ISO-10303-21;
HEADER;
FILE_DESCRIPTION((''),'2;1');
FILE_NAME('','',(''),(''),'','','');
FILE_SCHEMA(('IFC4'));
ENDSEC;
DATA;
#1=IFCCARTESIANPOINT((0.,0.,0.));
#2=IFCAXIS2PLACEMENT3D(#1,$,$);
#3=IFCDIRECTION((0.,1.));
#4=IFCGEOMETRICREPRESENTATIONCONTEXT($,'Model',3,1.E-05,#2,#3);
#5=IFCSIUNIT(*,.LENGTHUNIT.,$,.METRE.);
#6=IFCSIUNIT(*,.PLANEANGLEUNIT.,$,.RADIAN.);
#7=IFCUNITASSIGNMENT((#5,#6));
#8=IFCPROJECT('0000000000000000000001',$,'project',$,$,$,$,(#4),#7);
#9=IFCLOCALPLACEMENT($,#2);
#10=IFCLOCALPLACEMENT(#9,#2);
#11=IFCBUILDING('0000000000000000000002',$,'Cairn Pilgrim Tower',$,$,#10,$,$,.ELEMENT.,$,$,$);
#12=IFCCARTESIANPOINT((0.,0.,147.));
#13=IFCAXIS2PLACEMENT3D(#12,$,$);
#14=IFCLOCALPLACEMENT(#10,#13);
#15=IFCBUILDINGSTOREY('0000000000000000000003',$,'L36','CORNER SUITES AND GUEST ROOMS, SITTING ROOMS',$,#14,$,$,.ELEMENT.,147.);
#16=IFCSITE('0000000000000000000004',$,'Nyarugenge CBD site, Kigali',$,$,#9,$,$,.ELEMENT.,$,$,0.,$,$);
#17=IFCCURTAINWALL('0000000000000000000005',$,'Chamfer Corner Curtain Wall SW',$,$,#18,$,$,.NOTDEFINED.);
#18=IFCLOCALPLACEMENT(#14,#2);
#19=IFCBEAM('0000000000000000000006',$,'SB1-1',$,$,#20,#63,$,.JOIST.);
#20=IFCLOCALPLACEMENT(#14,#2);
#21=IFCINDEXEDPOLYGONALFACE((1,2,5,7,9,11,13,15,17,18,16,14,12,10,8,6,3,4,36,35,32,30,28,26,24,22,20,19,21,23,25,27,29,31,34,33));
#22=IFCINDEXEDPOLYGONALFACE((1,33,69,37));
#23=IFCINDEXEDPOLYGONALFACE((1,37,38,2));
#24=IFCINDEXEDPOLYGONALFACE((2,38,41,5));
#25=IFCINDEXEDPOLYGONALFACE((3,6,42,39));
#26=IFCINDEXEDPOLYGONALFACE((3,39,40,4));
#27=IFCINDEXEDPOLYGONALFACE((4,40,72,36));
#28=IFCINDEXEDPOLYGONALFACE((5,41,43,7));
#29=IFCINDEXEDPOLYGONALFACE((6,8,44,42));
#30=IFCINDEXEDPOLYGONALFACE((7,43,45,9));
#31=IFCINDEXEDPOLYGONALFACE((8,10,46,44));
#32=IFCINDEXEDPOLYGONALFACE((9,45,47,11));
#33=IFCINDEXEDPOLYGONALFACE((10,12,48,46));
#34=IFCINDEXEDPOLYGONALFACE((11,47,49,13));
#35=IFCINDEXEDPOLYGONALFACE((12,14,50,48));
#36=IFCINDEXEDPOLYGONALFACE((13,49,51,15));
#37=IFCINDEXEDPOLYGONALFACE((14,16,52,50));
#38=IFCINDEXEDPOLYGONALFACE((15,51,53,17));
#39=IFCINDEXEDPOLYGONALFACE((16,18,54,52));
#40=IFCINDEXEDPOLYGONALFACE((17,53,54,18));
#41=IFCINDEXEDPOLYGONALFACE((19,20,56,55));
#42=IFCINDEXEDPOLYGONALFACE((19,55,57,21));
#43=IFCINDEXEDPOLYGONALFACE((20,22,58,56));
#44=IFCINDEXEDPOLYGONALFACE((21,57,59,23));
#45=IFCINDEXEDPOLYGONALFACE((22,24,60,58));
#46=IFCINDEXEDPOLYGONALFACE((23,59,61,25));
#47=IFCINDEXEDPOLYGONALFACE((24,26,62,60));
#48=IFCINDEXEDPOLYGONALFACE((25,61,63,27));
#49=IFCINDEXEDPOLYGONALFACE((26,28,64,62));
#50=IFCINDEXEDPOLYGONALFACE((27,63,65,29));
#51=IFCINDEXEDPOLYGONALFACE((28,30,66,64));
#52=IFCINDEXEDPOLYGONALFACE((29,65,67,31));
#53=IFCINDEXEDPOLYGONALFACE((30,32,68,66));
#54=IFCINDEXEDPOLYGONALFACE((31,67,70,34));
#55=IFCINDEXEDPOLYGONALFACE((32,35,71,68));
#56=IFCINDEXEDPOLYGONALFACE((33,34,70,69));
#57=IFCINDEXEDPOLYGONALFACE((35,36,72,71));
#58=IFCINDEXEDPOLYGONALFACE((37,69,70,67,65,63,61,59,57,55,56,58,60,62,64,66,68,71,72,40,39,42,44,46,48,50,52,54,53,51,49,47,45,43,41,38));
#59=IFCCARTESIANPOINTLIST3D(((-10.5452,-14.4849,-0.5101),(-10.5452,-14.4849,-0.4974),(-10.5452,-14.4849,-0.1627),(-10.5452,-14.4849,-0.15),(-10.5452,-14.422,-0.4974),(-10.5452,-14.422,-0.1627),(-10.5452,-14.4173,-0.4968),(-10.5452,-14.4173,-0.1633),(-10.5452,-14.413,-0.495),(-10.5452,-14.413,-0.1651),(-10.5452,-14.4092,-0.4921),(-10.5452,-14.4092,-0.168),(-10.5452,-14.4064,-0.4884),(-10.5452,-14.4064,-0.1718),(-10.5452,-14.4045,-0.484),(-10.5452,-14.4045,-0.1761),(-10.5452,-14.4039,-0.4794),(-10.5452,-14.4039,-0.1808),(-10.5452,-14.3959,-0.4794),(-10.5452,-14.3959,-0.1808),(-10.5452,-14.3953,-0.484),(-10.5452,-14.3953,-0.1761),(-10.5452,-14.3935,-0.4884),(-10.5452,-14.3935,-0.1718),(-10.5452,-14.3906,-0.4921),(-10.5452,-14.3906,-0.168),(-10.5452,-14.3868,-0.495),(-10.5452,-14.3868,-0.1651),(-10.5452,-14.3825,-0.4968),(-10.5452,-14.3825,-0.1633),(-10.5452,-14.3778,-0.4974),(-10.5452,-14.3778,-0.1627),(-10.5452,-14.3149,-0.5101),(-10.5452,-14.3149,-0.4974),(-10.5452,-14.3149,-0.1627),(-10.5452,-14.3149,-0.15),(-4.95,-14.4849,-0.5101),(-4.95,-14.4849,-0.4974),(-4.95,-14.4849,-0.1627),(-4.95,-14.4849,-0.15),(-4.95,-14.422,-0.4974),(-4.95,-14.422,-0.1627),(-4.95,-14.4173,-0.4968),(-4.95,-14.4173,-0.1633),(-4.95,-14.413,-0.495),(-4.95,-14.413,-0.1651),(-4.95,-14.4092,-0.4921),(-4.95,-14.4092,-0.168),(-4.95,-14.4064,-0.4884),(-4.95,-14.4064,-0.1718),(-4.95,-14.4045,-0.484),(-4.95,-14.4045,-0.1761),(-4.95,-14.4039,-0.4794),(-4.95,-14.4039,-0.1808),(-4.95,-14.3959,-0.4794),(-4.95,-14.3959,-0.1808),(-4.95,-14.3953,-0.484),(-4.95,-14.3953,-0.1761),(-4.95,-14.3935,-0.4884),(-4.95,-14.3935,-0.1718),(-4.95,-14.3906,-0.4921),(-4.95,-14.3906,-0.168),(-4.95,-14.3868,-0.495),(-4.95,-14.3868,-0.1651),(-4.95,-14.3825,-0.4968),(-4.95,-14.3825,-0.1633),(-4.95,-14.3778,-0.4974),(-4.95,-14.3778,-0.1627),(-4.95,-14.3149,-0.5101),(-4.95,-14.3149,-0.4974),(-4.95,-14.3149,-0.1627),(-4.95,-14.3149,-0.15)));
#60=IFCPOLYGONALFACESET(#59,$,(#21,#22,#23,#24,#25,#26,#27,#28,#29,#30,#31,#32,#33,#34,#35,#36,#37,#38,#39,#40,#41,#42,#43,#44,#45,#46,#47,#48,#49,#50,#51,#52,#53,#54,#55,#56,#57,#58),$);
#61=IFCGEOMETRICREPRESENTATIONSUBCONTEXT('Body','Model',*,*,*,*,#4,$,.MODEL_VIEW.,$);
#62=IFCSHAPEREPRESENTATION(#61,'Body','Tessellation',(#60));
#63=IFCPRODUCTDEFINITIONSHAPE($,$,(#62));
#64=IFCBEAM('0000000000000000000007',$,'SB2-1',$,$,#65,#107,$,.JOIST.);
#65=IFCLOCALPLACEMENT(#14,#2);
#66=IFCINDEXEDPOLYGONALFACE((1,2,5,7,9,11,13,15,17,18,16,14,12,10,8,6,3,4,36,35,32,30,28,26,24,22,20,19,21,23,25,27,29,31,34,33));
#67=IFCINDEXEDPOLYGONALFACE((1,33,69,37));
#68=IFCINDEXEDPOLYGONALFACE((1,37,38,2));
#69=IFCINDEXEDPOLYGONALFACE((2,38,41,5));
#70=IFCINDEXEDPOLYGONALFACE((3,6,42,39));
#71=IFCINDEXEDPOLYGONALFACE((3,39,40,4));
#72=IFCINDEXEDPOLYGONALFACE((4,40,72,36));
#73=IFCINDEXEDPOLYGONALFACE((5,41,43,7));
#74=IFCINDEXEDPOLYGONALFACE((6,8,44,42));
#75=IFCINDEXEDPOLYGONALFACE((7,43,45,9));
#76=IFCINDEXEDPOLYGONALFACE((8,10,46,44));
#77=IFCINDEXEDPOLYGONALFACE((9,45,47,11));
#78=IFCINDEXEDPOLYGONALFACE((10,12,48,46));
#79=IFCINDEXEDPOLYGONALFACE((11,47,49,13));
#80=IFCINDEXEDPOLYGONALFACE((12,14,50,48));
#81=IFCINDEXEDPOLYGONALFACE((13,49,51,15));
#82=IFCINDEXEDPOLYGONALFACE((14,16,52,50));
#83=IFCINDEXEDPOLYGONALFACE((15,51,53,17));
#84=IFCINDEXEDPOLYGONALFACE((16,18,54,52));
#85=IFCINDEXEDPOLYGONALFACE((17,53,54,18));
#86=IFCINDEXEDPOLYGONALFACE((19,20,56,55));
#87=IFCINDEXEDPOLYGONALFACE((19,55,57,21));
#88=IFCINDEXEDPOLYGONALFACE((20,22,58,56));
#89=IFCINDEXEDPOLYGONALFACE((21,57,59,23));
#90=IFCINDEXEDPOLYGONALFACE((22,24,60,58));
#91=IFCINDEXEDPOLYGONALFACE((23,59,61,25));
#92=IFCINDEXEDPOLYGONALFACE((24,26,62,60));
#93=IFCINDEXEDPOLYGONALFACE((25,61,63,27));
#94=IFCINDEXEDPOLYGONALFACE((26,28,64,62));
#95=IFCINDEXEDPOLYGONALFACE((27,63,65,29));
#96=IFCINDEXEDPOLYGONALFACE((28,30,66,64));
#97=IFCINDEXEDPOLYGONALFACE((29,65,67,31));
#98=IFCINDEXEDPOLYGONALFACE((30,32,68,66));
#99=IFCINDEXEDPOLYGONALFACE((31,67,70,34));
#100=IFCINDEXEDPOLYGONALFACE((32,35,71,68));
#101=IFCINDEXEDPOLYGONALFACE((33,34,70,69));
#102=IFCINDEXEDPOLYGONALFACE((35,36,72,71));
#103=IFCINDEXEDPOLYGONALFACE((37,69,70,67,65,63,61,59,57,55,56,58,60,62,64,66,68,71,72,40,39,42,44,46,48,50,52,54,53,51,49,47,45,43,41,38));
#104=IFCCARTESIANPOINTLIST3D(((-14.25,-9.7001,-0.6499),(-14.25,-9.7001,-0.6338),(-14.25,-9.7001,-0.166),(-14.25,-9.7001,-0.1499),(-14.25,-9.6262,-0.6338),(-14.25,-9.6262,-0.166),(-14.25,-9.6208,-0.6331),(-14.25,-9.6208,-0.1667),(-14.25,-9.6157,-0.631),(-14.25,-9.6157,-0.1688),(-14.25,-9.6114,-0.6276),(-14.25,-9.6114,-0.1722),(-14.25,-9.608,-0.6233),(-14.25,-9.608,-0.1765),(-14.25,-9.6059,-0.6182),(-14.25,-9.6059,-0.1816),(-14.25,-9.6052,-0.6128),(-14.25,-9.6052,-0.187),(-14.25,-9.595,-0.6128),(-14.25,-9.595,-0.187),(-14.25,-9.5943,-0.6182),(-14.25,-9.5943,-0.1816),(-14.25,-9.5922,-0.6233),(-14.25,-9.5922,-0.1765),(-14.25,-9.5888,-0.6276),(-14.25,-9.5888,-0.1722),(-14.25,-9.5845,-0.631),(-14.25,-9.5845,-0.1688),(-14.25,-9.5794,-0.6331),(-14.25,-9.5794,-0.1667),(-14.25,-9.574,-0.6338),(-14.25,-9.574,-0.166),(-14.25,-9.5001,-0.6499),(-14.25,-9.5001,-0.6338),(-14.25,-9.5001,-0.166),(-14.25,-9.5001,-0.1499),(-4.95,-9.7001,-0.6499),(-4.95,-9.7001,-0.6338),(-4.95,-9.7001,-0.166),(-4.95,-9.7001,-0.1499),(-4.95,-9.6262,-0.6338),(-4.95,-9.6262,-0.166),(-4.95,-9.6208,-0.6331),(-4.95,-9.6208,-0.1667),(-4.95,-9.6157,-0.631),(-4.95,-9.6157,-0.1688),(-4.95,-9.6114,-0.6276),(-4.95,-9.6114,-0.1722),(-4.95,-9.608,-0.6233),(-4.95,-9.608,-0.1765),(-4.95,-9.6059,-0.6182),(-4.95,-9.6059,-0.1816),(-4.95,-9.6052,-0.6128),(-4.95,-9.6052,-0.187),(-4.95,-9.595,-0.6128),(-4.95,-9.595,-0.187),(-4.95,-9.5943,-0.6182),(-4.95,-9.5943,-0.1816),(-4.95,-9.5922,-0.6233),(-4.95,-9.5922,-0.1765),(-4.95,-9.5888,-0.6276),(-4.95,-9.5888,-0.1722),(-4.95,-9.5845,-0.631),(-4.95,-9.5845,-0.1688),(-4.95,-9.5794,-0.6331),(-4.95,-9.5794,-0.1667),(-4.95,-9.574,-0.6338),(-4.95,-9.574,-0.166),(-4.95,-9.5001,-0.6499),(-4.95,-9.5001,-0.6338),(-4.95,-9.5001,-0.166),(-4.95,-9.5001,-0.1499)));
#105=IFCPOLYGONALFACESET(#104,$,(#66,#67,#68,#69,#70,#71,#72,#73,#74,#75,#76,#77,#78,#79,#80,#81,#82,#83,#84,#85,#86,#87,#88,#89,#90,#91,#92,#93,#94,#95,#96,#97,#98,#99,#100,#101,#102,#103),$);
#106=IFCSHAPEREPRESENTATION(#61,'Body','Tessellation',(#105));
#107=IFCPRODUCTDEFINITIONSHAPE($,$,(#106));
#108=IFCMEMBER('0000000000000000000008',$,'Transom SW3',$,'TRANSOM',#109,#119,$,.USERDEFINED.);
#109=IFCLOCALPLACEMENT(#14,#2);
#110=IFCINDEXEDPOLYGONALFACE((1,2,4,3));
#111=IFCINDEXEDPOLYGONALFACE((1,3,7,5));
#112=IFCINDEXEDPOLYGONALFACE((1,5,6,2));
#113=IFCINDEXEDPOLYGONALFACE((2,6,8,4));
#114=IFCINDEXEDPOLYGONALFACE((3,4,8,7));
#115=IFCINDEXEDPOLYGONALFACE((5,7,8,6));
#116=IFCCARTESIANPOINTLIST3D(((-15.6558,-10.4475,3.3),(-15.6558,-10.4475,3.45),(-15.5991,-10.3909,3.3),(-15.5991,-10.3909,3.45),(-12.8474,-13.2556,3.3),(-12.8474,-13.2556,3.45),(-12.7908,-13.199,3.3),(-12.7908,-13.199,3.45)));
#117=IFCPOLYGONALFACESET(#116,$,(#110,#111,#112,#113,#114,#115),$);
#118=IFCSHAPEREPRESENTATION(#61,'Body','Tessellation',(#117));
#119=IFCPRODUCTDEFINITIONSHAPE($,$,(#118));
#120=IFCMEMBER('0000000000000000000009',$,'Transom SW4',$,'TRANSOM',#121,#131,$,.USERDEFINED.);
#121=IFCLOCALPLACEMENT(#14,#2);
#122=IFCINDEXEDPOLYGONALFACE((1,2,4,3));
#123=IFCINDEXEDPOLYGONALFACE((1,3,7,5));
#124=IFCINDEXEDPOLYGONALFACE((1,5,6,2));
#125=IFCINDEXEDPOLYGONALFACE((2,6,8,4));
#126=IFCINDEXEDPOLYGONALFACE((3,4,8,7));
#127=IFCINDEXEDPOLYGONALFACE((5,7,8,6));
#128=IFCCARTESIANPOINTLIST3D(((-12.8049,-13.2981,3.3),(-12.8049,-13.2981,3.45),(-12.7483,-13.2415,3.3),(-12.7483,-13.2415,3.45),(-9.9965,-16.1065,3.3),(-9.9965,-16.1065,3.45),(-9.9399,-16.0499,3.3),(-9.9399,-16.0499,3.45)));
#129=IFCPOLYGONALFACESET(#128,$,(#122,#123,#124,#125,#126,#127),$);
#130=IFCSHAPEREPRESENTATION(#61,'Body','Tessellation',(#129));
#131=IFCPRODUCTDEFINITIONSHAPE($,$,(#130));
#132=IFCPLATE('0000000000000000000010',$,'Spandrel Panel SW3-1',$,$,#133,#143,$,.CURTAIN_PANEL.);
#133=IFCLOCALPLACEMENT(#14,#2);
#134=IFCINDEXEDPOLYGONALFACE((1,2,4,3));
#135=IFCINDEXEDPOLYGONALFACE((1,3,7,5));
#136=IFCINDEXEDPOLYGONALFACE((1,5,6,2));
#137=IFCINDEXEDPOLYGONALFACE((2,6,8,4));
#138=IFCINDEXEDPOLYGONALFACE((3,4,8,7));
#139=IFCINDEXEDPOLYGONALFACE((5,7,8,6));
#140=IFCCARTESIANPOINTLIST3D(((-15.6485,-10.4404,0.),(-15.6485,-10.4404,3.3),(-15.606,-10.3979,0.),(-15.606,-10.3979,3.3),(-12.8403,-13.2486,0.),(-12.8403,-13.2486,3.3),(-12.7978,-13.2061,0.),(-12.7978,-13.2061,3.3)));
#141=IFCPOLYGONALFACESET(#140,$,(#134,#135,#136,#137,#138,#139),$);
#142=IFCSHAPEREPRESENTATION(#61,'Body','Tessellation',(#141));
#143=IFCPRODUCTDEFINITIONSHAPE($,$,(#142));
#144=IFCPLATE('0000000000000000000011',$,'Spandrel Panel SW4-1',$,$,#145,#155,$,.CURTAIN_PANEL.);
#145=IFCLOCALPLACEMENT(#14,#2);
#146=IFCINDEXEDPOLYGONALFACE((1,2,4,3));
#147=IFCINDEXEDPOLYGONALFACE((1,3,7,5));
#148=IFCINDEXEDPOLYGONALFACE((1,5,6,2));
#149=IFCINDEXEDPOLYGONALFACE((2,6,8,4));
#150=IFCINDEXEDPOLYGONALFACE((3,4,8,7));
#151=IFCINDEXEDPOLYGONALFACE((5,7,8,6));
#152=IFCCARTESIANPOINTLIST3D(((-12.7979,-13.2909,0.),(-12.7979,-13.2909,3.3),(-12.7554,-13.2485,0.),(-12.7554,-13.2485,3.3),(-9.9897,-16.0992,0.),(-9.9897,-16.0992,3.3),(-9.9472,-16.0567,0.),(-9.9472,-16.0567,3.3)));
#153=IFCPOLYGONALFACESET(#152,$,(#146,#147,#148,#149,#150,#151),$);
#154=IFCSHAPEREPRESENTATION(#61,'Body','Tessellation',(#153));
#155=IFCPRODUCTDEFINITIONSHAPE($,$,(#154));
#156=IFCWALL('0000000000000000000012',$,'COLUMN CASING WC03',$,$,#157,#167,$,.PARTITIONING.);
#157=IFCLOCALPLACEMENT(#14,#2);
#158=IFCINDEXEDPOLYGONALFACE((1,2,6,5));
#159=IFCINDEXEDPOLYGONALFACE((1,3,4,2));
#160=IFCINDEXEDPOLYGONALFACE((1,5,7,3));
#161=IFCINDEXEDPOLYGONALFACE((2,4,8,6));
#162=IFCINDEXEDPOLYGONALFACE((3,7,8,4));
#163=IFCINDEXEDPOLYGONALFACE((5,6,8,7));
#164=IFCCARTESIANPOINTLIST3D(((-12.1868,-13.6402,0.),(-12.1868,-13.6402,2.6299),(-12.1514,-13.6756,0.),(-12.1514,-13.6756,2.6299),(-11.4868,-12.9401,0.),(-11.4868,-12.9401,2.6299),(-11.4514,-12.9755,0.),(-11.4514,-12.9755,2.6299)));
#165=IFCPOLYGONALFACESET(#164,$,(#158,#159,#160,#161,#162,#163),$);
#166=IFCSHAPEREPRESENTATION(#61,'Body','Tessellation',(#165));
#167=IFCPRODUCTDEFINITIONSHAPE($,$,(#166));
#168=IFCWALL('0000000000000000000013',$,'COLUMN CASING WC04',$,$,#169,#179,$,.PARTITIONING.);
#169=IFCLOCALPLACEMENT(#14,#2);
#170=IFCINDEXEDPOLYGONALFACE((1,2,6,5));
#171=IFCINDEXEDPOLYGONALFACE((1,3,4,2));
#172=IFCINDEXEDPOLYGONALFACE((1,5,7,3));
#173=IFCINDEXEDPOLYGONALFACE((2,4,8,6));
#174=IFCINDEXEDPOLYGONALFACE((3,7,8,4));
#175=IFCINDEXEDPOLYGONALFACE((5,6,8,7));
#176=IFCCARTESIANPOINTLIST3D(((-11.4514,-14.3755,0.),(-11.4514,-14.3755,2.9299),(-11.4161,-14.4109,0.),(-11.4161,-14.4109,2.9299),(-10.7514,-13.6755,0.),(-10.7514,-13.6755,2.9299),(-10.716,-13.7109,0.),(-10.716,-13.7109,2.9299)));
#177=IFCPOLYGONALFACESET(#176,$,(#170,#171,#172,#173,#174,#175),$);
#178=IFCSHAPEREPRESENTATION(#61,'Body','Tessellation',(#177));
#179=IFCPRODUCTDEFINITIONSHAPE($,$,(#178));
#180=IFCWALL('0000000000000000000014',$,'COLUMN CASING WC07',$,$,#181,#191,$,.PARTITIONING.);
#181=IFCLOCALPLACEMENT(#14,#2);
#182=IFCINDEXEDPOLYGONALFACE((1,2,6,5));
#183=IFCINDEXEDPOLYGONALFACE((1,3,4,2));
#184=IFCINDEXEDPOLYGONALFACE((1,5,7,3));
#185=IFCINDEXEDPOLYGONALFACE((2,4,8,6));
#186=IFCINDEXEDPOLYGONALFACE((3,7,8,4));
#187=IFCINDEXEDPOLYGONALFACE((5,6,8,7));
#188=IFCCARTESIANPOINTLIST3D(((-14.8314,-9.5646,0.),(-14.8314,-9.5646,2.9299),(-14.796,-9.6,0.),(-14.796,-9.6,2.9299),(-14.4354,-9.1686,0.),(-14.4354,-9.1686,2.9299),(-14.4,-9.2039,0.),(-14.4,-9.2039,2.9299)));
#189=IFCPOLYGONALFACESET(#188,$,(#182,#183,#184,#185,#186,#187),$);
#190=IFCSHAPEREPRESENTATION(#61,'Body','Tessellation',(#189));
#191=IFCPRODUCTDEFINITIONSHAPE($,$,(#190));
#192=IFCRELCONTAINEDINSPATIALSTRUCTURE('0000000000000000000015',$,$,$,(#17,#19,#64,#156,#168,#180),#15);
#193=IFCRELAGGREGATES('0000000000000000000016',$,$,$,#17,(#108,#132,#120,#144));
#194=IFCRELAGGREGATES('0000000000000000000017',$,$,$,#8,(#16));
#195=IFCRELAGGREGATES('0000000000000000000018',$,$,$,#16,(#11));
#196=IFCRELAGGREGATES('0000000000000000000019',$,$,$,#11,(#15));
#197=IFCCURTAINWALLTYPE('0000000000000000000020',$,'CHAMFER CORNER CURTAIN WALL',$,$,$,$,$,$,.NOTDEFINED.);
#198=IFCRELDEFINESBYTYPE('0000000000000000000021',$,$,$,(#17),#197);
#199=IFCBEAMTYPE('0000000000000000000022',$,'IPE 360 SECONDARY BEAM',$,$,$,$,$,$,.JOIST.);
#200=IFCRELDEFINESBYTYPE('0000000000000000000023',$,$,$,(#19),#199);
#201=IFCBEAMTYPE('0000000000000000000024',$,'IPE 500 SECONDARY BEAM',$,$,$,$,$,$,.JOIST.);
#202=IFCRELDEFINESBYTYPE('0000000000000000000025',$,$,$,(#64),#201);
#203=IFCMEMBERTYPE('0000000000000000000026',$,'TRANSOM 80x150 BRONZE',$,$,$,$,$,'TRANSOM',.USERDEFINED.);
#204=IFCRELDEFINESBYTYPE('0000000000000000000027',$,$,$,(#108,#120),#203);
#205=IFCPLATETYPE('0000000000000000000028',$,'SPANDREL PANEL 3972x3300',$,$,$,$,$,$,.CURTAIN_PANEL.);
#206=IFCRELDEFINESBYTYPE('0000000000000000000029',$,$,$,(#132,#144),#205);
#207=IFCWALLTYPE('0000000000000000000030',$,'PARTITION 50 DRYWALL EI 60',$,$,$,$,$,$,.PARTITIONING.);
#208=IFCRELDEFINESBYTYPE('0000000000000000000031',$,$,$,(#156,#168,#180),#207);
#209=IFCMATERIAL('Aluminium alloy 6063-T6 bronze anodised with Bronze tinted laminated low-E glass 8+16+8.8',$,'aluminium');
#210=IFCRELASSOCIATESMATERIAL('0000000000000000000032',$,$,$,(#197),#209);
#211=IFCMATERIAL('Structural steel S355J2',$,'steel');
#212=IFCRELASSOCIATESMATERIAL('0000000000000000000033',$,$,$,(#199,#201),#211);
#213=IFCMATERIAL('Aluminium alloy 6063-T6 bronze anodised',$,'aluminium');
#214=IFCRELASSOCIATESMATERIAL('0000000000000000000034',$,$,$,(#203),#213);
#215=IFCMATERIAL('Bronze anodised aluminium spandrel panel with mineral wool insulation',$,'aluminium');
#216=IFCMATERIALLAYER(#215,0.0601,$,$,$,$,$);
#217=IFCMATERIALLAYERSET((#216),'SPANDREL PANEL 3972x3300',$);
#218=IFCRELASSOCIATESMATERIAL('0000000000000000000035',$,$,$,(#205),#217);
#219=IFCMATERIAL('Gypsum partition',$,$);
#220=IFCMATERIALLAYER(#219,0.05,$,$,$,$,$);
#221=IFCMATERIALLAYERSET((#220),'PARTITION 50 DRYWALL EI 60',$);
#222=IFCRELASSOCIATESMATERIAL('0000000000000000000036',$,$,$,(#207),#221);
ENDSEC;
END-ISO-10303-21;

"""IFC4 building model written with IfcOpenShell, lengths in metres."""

from ifc_helpers import new_model, si_unit, direction, frame, frame_2d, origin, origin_2d, place, context, subcontext, project, spatial, rectangle, i_section, extrude, material, layer, layer_set, material_profile, profile_set, type_object, element, aggregate, save


model = new_model("IFC4")

# Units and contexts
model_context = context("Model", 3, precision=1e-05, world=origin(), true_north=direction((0.0, 1.0)))
body_context = subcontext(model_context, "Body", "Model", "MODEL_VIEW")
ifc_project = project(units=[si_unit("LENGTHUNIT", "METRE"), si_unit("PLANEANGLEUNIT", "RADIAN")], contexts=[model_context])

# Site, building, storey
site_placement = place(None, origin())
site = spatial("IfcSite", under=ifc_project, at=site_placement, Name="Nyarugenge CBD site, Kigali", CompositionType="ELEMENT", RefElevation=0.0)
building_placement = place(site_placement, origin())
building = spatial("IfcBuilding", under=site, at=building_placement, Name="Cairn Pilgrim Tower", CompositionType="ELEMENT")
storey_placement = place(building_placement, frame((0.0, 0.0, 147.0)))
storey = spatial("IfcBuildingStorey", under=building, at=storey_placement, Name="L36", Description="CORNER SUITES AND GUEST ROOMS, SITTING ROOMS", CompositionType="ELEMENT", Elevation=147.0)

# Shared definitions
ifc_material_1 = material(Name="Structural steel S355J2", Category="steel")

# Shared definitions
ifc_material_2 = material(Name="Aluminium alloy 6063-T6 bronze anodised with Bronze tinted laminated low-E glass 8+16+8.8", Category="aluminium")
ifc_material_3 = material(Name="Aluminium alloy 6063-T6 bronze anodised", Category="aluminium")

# Curtain wall
curtain_wall_type_1 = type_object("IfcCurtainWallType", Name="CHAMFER CORNER CURTAIN WALL", PredefinedType="NOTDEFINED", material=ifc_material_2)
curtain_wall_1_placement = place(storey_placement, origin())
curtain_wall_1 = element("IfcCurtainWall", 1, at=curtain_wall_1_placement, inside=storey, type_object=curtain_wall_type_1, Name="Chamfer Corner Curtain Wall SW", PredefinedType="NOTDEFINED")

# Beams
ifc_material_profile_1 = material_profile(ifc_material_1, i_section(OverallWidth=0.1699, OverallDepth=0.3601, WebThickness=0.0081, FlangeThickness=0.0127, FilletRadius=0.0181, at=origin_2d()), Name="IPE 360")
ifc_profile_set_1 = profile_set([ifc_material_profile_1], Name="Structural steel S355J2")
beam_type_1 = type_object("IfcBeamType", Name="IPE 360 SECONDARY BEAM", PredefinedType="JOIST", material=ifc_profile_set_1)
beam_1_placement = place(storey_placement, frame((-10.5452, -14.3999, -0.3301), z_axis=(1.0, 0.0, 0.0), x_axis=(0.0, 1.0, 0.0)))
element("IfcBeam", 2, at=beam_1_placement, inside=storey, type_object=beam_type_1, Name="SB1-1", PredefinedType="JOIST", context=body_context, shape_type="SweptSolid", body=[
    extrude(i_section(OverallWidth=0.1699, OverallDepth=0.3601, WebThickness=0.0081, FlangeThickness=0.0127, FilletRadius=0.0181, at=origin_2d()), origin(), (0.0, 0.0, 1.0), 5.5952),
])
ifc_material_profile_2 = material_profile(ifc_material_1, i_section(OverallWidth=0.2, OverallDepth=0.5, WebThickness=0.0103, FlangeThickness=0.0161, FilletRadius=0.021, at=origin_2d()), Name="IPE 500")
ifc_profile_set_2 = profile_set([ifc_material_profile_2], Name="Structural steel S355J2")
beam_type_2 = type_object("IfcBeamType", Name="IPE 500 SECONDARY BEAM", PredefinedType="JOIST", material=ifc_profile_set_2)
beam_2_placement = place(storey_placement, frame((-14.25, -9.6001, -0.3999), z_axis=(1.0, 0.0, 0.0), x_axis=(0.0, 1.0, 0.0)))
element("IfcBeam", 3, at=beam_2_placement, inside=storey, type_object=beam_type_2, Name="SB2-1", PredefinedType="JOIST", context=body_context, shape_type="SweptSolid", body=[
    extrude(i_section(OverallWidth=0.2, OverallDepth=0.5, WebThickness=0.0103, FlangeThickness=0.0161, FilletRadius=0.021, at=origin_2d()), origin(), (0.0, 0.0, 1.0), 9.3),
])

# Members
ifc_material_profile_3 = material_profile(ifc_material_3, rectangle(XDim=0.0801, YDim=0.1499, at=origin_2d()), Name="TRANSOM 80x150 BRONZE")
ifc_profile_set_3 = profile_set([ifc_material_profile_3], Name="Aluminium alloy 6063-T6 bronze anodised")
member_type_1 = type_object("IfcMemberType", Name="TRANSOM 80x150 BRONZE", ElementType="TRANSOM", PredefinedType="USERDEFINED", material=ifc_profile_set_3)
member_1_placement = place(storey_placement, frame((-15.6274, -10.4192, 3.375), z_axis=(0.707138, -0.707076, 0.0), x_axis=(0.707076, 0.707138, 0.0)))
member_1 = element("IfcMember", 4, at=member_1_placement, type_object=member_type_1, Name="Transom SW3", ObjectType="TRANSOM", PredefinedType="USERDEFINED", context=body_context, shape_type="SweptSolid", body=[
    extrude(rectangle(XDim=0.0801, YDim=0.1499, at=origin_2d()), origin(), (0.0, 0.0, 1.0), 3.9714),
])
member_2_placement = place(storey_placement, frame((-12.7766, -13.2698, 3.375), z_axis=(0.707107, -0.707107, 0.0), x_axis=(0.707107, 0.707107, 0.0)))
member_2 = element("IfcMember", 5, at=member_2_placement, type_object=member_type_1, Name="Transom SW4", ObjectType="TRANSOM", PredefinedType="USERDEFINED", context=body_context, shape_type="SweptSolid", body=[
    extrude(rectangle(XDim=0.0801, YDim=0.1499, at=origin_2d()), origin(), (0.0, 0.0, 1.0), 3.9717),
])

# Plates
ifc_material_4 = material(Name="Bronze anodised aluminium spandrel panel with mineral wool insulation", Category="aluminium")
ifc_layer_1 = layer(ifc_material_4, 0.0601)
ifc_layer_set_1 = layer_set([ifc_layer_1], Name="SPANDREL PANEL 3972x3300")
plate_type = type_object("IfcPlateType", Name="SPANDREL PANEL 3972x3300", PredefinedType="CURTAIN_PANEL", material=ifc_layer_set_1)
plate_1_placement = place(storey_placement, frame((-14.2231, -11.8232, 0.0), z_axis=(0.0, 0.0, 1.0), x_axis=(0.707107, -0.707107, 0.0)))
plate_1 = element("IfcPlate", 6, at=plate_1_placement, type_object=plate_type, Name="Spandrel Panel SW3-1", PredefinedType="CURTAIN_PANEL", context=body_context, shape_type="SweptSolid", body=[
    extrude(rectangle(XDim=3.9714, YDim=0.0601, at=origin_2d()), origin(), (0.0, 0.0, 1.0), 3.3),
])
plate_2_placement = place(storey_placement, frame((-11.3726, -14.6738, 0.0), z_axis=(0.0, 0.0, 1.0), x_axis=(0.707107, -0.707107, 0.0)))
plate_2 = element("IfcPlate", 7, at=plate_2_placement, type_object=plate_type, Name="Spandrel Panel SW4-1", PredefinedType="CURTAIN_PANEL", context=body_context, shape_type="SweptSolid", body=[
    extrude(rectangle(XDim=3.9714, YDim=0.0601, at=origin_2d()), origin(), (0.0, 0.0, 1.0), 3.3),
])
aggregate(curtain_wall_1, [member_1, plate_1, member_2, plate_2])

# Walls
ifc_material_5 = material(Name="Gypsum partition")
ifc_layer_2 = layer(ifc_material_5, 0.05)
ifc_layer_set_2 = layer_set([ifc_layer_2], Name="PARTITION 50 DRYWALL EI 60")
wall_type_1 = type_object("IfcWallType", Name="PARTITION 50 DRYWALL EI 60", PredefinedType="PARTITIONING", material=ifc_layer_set_2)
wall_1_placement = place(storey_placement, frame((-12.1692, -13.658, 0.0), z_axis=(0.0, 0.0, 1.0), x_axis=(0.707107, 0.707107, 0.0)))
element("IfcWall", 8, at=wall_1_placement, inside=storey, type_object=wall_type_1, Name="COLUMN CASING WC03", PredefinedType="PARTITIONING", context=body_context, shape_type="SweptSolid", body=[
    extrude(rectangle(XDim=0.99, YDim=0.05, at=frame_2d((0.4951, 0.0))), origin(), (0.0, 0.0, 1.0), 2.6299),
])
wall_2_placement = place(storey_placement, frame((-11.4338, -14.3933, 0.0), z_axis=(0.0, 0.0, 1.0), x_axis=(0.707107, 0.707107, 0.0)))
element("IfcWall", 9, at=wall_2_placement, inside=storey, type_object=wall_type_1, Name="COLUMN CASING WC04", PredefinedType="PARTITIONING", context=body_context, shape_type="SweptSolid", body=[
    extrude(rectangle(XDim=0.99, YDim=0.05, at=frame_2d((0.4951, 0.0))), origin(), (0.0, 0.0, 1.0), 2.9299),
])
wall_3_placement = place(storey_placement, frame((-14.8137, -9.5823, 0.0), z_axis=(0.0, 0.0, 1.0), x_axis=(0.707107, 0.707107, 0.0)))
element("IfcWall", 10, at=wall_3_placement, inside=storey, type_object=wall_type_1, Name="COLUMN CASING WC07", PredefinedType="PARTITIONING", context=body_context, shape_type="SweptSolid", body=[
    extrude(rectangle(XDim=0.5601, YDim=0.05, at=frame_2d((0.28, 0.0))), origin(), (0.0, 0.0, 1.0), 2.9299),
])

save(model, "model.ifc")
